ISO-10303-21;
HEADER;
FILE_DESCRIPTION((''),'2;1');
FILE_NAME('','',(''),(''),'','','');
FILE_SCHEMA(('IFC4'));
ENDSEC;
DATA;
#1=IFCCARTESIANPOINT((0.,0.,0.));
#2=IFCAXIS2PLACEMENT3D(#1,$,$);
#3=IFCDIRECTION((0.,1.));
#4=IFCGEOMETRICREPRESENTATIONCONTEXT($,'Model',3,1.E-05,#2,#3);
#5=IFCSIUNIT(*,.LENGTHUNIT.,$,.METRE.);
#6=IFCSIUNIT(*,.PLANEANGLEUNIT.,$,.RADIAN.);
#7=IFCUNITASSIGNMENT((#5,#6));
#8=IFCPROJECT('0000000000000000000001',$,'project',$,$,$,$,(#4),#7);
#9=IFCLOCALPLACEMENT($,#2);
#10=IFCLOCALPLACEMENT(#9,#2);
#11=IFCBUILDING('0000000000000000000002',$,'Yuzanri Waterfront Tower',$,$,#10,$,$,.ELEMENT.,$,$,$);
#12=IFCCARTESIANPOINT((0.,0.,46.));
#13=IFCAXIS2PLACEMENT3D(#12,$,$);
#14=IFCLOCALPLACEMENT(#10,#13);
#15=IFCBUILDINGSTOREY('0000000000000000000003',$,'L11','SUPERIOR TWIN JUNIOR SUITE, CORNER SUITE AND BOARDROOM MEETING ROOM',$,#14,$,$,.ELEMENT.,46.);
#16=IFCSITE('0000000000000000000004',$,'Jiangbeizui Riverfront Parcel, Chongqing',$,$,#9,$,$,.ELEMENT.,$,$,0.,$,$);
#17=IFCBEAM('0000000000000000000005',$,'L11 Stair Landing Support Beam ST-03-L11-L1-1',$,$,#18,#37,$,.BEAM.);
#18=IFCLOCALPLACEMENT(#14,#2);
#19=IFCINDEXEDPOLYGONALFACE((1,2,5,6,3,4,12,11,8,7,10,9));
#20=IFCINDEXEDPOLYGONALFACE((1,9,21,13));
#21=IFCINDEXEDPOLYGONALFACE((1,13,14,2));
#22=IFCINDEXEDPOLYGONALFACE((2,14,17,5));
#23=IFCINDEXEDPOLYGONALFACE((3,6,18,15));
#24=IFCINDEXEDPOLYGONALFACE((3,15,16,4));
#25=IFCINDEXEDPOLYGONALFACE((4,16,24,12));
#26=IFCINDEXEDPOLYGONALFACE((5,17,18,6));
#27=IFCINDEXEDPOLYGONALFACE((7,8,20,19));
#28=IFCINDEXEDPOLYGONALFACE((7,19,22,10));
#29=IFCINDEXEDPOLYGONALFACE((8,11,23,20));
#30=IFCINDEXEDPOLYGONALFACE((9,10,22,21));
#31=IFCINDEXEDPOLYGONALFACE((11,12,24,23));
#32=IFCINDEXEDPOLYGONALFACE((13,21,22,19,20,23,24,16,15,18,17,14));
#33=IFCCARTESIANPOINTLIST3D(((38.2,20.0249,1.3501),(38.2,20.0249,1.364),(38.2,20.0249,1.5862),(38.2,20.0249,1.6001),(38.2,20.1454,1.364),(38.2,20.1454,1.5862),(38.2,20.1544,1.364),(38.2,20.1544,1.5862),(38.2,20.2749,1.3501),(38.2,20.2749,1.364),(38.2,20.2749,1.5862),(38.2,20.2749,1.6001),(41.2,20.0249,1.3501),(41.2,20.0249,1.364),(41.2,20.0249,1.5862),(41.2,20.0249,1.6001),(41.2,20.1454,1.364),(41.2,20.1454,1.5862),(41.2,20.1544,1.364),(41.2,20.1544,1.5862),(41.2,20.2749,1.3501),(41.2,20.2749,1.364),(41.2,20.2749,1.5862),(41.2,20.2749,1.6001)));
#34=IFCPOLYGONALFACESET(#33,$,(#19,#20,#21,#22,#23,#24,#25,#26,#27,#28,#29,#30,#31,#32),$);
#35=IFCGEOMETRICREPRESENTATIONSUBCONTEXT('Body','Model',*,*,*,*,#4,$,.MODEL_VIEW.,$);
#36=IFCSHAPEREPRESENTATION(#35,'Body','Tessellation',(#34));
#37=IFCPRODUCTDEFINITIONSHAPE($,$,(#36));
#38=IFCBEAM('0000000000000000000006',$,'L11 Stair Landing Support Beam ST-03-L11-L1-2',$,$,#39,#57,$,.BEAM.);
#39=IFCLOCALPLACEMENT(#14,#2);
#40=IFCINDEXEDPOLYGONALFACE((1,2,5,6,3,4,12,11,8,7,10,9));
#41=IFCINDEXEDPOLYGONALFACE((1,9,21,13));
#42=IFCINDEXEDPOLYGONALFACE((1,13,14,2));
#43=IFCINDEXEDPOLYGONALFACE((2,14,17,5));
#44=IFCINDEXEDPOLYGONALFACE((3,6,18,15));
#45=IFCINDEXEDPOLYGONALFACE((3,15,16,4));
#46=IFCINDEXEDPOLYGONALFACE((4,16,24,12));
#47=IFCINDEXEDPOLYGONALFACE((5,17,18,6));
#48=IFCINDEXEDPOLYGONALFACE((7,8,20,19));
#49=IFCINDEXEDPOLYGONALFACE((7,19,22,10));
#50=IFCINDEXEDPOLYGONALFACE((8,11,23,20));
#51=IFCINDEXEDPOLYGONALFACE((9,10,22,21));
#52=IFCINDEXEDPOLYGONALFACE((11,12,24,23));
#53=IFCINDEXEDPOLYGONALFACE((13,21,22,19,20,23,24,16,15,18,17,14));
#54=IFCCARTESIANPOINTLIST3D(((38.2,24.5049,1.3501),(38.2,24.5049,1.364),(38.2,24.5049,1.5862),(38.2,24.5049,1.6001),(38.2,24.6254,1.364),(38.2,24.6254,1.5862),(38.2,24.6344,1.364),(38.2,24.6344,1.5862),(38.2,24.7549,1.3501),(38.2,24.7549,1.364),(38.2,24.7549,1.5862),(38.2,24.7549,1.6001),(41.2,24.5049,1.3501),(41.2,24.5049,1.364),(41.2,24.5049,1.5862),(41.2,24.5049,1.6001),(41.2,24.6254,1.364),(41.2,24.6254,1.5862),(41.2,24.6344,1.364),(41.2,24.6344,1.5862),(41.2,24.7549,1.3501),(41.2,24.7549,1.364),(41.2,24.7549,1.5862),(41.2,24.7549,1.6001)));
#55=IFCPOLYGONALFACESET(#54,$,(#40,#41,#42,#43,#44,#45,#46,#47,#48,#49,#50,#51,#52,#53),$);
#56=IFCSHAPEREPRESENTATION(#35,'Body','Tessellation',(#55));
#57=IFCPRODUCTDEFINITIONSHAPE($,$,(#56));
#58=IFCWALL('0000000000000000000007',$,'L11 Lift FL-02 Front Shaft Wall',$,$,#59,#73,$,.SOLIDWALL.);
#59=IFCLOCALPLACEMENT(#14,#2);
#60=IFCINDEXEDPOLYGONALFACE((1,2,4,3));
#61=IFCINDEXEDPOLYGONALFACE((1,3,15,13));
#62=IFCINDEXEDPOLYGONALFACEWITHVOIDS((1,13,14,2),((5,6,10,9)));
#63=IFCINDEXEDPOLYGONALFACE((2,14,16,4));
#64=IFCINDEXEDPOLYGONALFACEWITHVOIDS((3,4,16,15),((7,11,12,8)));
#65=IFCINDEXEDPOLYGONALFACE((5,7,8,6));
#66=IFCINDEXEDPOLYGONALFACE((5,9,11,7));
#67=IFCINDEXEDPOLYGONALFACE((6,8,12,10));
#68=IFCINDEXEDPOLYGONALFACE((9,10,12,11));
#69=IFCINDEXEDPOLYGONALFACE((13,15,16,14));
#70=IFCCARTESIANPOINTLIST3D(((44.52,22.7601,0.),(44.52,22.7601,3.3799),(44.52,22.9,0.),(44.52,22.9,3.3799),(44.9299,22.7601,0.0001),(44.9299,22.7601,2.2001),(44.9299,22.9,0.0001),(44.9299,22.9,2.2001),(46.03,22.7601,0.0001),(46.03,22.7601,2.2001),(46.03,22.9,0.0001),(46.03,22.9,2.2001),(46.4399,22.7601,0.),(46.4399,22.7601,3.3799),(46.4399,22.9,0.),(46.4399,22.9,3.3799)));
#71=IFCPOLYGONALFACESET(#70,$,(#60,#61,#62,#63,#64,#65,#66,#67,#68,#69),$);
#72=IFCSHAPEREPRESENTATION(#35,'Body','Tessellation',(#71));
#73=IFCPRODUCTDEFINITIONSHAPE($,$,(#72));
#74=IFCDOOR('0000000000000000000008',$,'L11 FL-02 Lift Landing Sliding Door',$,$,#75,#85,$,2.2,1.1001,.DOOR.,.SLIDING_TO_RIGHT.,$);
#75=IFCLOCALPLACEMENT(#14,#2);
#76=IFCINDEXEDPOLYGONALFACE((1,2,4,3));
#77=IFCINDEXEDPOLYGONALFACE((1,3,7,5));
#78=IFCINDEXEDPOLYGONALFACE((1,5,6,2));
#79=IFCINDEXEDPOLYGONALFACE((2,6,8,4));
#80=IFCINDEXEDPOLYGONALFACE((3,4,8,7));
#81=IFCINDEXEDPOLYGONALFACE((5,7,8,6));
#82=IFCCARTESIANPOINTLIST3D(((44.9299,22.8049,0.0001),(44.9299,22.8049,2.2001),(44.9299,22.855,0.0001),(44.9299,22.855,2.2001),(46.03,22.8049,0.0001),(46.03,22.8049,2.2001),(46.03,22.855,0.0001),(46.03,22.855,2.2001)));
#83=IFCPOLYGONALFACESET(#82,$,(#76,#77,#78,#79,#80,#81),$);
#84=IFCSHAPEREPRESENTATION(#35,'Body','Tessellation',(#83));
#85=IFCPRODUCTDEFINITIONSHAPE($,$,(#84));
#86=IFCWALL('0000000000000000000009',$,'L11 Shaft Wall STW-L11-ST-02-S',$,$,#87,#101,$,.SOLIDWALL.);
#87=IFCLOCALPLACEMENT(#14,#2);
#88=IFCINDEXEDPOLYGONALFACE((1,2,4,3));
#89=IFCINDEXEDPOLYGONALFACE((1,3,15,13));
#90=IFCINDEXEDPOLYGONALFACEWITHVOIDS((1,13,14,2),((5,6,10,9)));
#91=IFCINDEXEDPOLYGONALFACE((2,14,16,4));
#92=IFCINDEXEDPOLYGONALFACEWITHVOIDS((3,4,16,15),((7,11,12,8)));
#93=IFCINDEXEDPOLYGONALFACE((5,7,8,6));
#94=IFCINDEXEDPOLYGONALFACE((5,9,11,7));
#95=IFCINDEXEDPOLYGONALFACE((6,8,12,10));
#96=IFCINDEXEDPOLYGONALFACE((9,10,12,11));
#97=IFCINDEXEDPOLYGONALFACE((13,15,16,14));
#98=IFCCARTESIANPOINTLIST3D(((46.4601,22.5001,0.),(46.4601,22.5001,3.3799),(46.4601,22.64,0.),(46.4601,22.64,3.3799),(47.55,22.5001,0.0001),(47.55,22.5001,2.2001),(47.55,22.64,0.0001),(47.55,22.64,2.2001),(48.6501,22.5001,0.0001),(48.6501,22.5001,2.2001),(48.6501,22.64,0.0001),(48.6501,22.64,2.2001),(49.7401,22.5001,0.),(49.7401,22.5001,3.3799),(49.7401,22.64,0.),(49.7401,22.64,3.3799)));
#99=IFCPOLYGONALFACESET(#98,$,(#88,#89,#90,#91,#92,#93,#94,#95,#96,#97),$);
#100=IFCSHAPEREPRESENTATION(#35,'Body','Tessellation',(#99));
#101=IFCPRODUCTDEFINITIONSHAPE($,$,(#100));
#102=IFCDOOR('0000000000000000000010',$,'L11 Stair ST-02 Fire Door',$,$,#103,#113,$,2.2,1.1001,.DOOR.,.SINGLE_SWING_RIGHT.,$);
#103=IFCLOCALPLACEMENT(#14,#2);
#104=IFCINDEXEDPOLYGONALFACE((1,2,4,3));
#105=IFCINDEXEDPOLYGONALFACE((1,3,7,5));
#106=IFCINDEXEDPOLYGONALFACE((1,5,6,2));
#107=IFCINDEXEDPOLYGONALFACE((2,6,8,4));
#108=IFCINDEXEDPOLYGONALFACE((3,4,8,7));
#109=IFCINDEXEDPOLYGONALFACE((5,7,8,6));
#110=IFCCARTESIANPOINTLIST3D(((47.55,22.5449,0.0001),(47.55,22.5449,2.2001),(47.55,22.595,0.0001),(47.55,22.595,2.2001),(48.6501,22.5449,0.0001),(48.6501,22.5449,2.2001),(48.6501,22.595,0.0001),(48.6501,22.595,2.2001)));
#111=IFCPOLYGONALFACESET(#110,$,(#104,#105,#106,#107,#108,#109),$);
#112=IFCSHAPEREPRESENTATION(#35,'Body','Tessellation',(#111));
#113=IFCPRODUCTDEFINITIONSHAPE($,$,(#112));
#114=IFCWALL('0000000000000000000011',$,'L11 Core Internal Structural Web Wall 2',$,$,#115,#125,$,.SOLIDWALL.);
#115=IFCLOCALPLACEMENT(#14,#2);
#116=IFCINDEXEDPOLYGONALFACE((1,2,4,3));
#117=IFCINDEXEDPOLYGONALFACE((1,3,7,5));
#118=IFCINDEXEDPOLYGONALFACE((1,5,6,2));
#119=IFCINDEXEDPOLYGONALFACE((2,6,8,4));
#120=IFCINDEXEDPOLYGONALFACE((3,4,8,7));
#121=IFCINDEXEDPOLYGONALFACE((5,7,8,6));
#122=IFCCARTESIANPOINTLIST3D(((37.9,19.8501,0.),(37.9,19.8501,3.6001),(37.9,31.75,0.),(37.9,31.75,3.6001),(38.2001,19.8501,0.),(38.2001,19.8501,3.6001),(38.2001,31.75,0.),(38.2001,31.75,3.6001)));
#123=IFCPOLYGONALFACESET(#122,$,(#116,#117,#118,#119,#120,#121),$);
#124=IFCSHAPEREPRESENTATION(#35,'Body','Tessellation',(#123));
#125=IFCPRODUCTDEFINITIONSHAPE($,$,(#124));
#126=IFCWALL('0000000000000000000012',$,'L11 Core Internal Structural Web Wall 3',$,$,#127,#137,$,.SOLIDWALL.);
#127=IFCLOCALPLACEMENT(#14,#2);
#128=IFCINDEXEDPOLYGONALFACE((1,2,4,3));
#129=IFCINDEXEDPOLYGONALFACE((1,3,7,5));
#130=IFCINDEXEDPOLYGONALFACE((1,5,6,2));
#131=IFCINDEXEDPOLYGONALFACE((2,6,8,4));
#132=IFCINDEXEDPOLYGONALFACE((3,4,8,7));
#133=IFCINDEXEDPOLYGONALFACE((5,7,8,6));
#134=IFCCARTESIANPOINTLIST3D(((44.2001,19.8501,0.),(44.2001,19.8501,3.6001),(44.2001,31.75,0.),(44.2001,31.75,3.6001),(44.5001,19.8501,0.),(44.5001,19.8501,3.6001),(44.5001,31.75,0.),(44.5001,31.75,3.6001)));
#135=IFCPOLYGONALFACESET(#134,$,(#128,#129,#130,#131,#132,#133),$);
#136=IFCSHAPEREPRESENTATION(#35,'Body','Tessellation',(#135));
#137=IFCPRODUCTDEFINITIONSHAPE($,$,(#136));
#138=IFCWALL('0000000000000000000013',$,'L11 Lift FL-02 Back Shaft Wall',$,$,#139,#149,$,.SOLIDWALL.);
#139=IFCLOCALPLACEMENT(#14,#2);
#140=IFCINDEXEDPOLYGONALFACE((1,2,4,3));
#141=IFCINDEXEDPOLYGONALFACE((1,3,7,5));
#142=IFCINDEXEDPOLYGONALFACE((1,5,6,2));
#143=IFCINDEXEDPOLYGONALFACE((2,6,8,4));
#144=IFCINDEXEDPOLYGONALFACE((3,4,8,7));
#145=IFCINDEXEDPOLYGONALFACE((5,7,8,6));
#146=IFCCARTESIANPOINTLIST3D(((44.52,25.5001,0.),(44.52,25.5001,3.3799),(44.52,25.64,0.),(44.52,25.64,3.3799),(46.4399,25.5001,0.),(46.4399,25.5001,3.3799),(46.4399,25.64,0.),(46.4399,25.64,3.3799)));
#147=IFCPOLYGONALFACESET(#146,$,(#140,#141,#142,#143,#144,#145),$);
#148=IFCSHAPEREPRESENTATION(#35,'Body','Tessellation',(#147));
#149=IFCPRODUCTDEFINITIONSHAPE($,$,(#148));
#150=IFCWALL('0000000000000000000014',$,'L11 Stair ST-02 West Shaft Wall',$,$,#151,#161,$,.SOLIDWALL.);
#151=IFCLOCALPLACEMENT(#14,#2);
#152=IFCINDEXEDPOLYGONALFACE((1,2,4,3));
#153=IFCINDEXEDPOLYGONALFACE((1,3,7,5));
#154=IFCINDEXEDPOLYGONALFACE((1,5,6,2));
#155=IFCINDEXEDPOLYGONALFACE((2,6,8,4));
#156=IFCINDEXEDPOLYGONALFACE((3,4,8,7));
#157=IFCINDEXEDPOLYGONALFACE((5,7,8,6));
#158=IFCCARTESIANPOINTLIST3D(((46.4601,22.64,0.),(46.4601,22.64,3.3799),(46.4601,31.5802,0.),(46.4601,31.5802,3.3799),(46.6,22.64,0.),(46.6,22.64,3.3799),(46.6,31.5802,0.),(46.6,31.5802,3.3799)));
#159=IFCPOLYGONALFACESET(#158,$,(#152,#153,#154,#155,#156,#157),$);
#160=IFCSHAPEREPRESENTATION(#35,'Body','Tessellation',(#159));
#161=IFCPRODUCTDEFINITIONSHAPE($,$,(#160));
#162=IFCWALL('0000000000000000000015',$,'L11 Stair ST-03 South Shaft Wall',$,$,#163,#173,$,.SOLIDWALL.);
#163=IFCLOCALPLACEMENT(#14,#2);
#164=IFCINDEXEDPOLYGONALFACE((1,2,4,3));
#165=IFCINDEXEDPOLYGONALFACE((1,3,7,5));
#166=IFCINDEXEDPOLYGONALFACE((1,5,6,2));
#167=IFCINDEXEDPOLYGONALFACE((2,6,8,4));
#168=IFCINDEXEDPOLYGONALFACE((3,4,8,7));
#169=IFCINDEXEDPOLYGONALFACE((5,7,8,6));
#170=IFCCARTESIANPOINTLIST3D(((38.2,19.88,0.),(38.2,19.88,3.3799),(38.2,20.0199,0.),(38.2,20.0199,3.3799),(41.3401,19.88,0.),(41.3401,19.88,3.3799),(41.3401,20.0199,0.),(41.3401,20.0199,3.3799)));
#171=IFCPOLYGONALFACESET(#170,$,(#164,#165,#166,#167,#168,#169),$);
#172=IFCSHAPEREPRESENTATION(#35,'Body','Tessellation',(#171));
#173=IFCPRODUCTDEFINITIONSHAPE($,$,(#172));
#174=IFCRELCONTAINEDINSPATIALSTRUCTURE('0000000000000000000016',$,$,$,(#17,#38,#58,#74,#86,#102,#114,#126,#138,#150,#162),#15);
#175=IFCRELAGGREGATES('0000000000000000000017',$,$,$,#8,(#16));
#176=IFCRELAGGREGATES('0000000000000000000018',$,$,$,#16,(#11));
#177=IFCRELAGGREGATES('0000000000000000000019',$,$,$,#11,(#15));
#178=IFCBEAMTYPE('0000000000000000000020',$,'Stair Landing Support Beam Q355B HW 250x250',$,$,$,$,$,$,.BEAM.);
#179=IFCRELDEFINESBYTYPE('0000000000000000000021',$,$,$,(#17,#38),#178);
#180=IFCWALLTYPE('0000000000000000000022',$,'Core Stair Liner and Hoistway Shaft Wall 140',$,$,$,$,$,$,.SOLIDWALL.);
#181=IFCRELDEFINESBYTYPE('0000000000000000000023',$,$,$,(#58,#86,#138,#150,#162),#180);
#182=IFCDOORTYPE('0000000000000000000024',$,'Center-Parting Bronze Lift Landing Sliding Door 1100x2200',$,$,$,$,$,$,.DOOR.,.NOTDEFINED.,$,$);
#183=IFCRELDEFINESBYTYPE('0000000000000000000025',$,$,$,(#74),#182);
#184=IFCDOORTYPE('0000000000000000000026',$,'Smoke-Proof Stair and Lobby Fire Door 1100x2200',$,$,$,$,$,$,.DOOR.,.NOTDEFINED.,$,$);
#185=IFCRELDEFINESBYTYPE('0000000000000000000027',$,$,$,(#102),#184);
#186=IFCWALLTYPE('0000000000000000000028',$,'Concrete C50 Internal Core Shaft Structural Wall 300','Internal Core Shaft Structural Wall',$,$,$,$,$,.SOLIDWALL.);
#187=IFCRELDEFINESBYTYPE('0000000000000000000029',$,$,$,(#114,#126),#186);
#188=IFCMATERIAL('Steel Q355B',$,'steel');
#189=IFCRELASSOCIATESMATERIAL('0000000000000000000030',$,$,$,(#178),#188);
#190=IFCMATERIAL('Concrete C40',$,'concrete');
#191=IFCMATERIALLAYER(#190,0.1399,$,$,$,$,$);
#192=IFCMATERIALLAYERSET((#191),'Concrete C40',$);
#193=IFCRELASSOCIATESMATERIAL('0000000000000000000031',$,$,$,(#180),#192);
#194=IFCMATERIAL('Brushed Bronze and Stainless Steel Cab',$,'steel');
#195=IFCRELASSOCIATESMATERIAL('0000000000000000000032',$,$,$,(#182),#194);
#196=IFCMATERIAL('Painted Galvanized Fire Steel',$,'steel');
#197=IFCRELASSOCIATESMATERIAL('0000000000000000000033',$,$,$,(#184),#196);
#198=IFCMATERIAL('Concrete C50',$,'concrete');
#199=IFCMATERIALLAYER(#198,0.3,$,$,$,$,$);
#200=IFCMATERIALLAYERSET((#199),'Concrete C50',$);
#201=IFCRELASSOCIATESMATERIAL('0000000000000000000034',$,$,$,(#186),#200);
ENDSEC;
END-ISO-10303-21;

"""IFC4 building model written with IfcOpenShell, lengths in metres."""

from ifc_helpers import new_model, si_unit, direction, frame, frame_2d, origin, origin_2d, place, context, subcontext, project, spatial, rectangle, i_section, extrude, source, transform, mapped, material, layer, layer_set, material_profile, profile_set, type_object, element, fill, save


model = new_model("IFC4")

# Units and contexts
model_context = context("Model", 3, precision=1e-05, world=origin(), true_north=direction((0.0, 1.0)))
body_context = subcontext(model_context, "Body", "Model", "MODEL_VIEW")
ifc_project = project(units=[si_unit("LENGTHUNIT", "METRE"), si_unit("PLANEANGLEUNIT", "RADIAN")], contexts=[model_context])

# Site, building, storey
site_placement = place(None, origin())
site = spatial("IfcSite", under=ifc_project, at=site_placement, Name="Jiangbeizui Riverfront Parcel, Chongqing", CompositionType="ELEMENT", RefElevation=0.0)
building_placement = place(site_placement, origin())
building = spatial("IfcBuilding", under=site, at=building_placement, Name="Yuzanri Waterfront Tower", CompositionType="ELEMENT")
storey_placement = place(building_placement, frame((0.0, 0.0, 46.0)))
storey = spatial("IfcBuildingStorey", under=building, at=storey_placement, Name="L11", Description="SUPERIOR TWIN JUNIOR SUITE, CORNER SUITE AND BOARDROOM MEETING ROOM", CompositionType="ELEMENT", Elevation=46.0)

# Beams
ifc_material_1 = material(Name="Steel Q355B", Category="steel")
ifc_material_profile = material_profile(ifc_material_1, i_section(OverallWidth=0.25, OverallDepth=0.25, WebThickness=0.009, FlangeThickness=0.0139, at=origin_2d()), Name="HW 250x250x9x14")
ifc_profile_set = profile_set([ifc_material_profile], Name="Steel Q355B")
beam_type = type_object("IfcBeamType", Name="Stair Landing Support Beam Q355B HW 250x250", PredefinedType="BEAM", material=ifc_profile_set)
shared_shape_1 = source(origin(), body_context, "Body", "SweptSolid", [
    extrude(i_section(OverallWidth=0.25, OverallDepth=0.25, WebThickness=0.009, FlangeThickness=0.0139, at=origin_2d()), origin(), (0.0, 0.0, 1.0), 3.0),
])
for number, where, z_axis, x_axis, name in (
    (1, (38.2, 20.1499, 1.4751), (1.0, 0.0, 0.0), (0.0, 1.0, 0.0), "L11 Stair Landing Support Beam ST-03-L11-L1-1"),
    (2, (38.2, 24.6299, 1.4751), (1.0, 0.0, 0.0), (0.0, 1.0, 0.0), "L11 Stair Landing Support Beam ST-03-L11-L1-2"),
):
    element("IfcBeam", number, at=place(storey_placement, frame(where, z_axis=z_axis, x_axis=x_axis)), inside=storey, type_object=beam_type, Name=name, PredefinedType="BEAM", context=body_context, shape_type="MappedRepresentation", body=[
        mapped(shared_shape_1, transform((0.0, 0.0, 0.0), scale=1.0)),
    ])

# Walls, openings, doors
ifc_material_2 = material(Name="Concrete C40", Category="concrete")
ifc_layer_1 = layer(ifc_material_2, 0.1399)
ifc_layer_set_1 = layer_set([ifc_layer_1], Name="Concrete C40")
wall_type_1 = type_object("IfcWallType", Name="Core Stair Liner and Hoistway Shaft Wall 140", PredefinedType="SOLIDWALL", material=ifc_layer_set_1)
wall_1_placement = place(storey_placement, frame((44.52, 22.8301, 0.0), z_axis=(0.0, 0.0, 1.0), x_axis=(1.0, 0.0, 0.0)))
wall_1 = element("IfcWall", 3, at=wall_1_placement, inside=storey, type_object=wall_type_1, Name="L11 Lift FL-02 Front Shaft Wall", PredefinedType="SOLIDWALL", context=body_context, shape_type="SweptSolid", body=[
    extrude(rectangle(XDim=1.9199, YDim=0.1399, at=frame_2d((0.96, 0.0))), origin(), (0.0, 0.0, 1.0), 3.3799),
])
opening_1_placement = place(wall_1_placement, frame((0.4099, 0.0, 0.0)))
opening_1 = element("IfcOpeningElement", 4, at=opening_1_placement, cuts=wall_1, PredefinedType="OPENING", context=body_context, shape_type="SweptSolid", body=[
    extrude(rectangle(XDim=1.1001, YDim=2.2, at=frame_2d((0.55, 1.1001))), frame((0.0, 0.085, 0.0), z_axis=(0.0, -1.0, 0.0), x_axis=(1.0, 0.0, 0.0)), (0.0, 0.0, 1.0), 0.1697),
])
ifc_material_3 = material(Name="Brushed Bronze and Stainless Steel Cab", Category="steel")
door_type_1 = type_object("IfcDoorType", Name="Center-Parting Bronze Lift Landing Sliding Door 1100x2200", OperationType="NOTDEFINED", PredefinedType="DOOR", material=ifc_material_3)
shared_shape_2 = source(origin(), body_context, "Body", "SweptSolid", [
    extrude(rectangle(XDim=1.1001, YDim=2.2, at=frame_2d((0.55, 1.1001))), frame((0.0, 0.0249, 0.0), z_axis=(0.0, -1.0, 0.0), x_axis=(1.0, 0.0, 0.0)), (0.0, 0.0, 1.0), 0.05),
])
door_1_placement = place(opening_1_placement, origin())
door_1 = element("IfcDoor", 5, at=door_1_placement, inside=storey, type_object=door_type_1, Name="L11 FL-02 Lift Landing Sliding Door", OperationType="SLIDING_TO_RIGHT", OverallHeight=2.2, OverallWidth=1.1001, PredefinedType="DOOR", context=body_context, shape_type="MappedRepresentation", body=[
    mapped(shared_shape_2, transform((0.0, 0.0, 0.0), scale=1.0)),
])
fill(opening_1, door_1)
wall_2_placement = place(storey_placement, frame((46.46, 22.5701, 0.0), z_axis=(0.0, 0.0, 1.0), x_axis=(1.0, 0.0, 0.0)))
wall_2 = element("IfcWall", 6, at=wall_2_placement, inside=storey, type_object=wall_type_1, Name="L11 Shaft Wall STW-L11-ST-02-S", PredefinedType="SOLIDWALL", context=body_context, shape_type="SweptSolid", body=[
    extrude(rectangle(XDim=3.28, YDim=0.1399, at=frame_2d((1.6401, 0.0))), origin(), (0.0, 0.0, 1.0), 3.3799),
])
opening_2_placement = place(wall_2_placement, frame((1.0901, 0.0, 0.0)))
opening_2 = element("IfcOpeningElement", 7, at=opening_2_placement, cuts=wall_2, PredefinedType="OPENING", context=body_context, shape_type="SweptSolid", body=[
    extrude(rectangle(XDim=1.1001, YDim=2.2, at=frame_2d((0.55, 1.1001))), frame((0.0, 0.085, 0.0), z_axis=(0.0, -1.0, 0.0), x_axis=(1.0, 0.0, 0.0)), (0.0, 0.0, 1.0), 0.1697),
])
ifc_material_4 = material(Name="Painted Galvanized Fire Steel", Category="steel")
door_type_2 = type_object("IfcDoorType", Name="Smoke-Proof Stair and Lobby Fire Door 1100x2200", OperationType="NOTDEFINED", PredefinedType="DOOR", material=ifc_material_4)
shared_shape_3 = source(origin(), body_context, "Body", "SweptSolid", [
    extrude(rectangle(XDim=1.1001, YDim=2.2, at=frame_2d((0.55, 1.1001))), frame((0.0, 0.0249, 0.0), z_axis=(0.0, -1.0, 0.0), x_axis=(1.0, 0.0, 0.0)), (0.0, 0.0, 1.0), 0.05),
])
door_2_placement = place(opening_2_placement, origin())
door_2 = element("IfcDoor", 8, at=door_2_placement, inside=storey, type_object=door_type_2, Name="L11 Stair ST-02 Fire Door", OperationType="SINGLE_SWING_RIGHT", OverallHeight=2.2, OverallWidth=1.1001, PredefinedType="DOOR", context=body_context, shape_type="MappedRepresentation", body=[
    mapped(shared_shape_3, transform((0.0, 0.0, 0.0), scale=1.0)),
])
fill(opening_2, door_2)

# Walls
ifc_material_5 = material(Name="Concrete C50", Category="concrete")
ifc_layer_2 = layer(ifc_material_5, 0.3)
ifc_layer_set_2 = layer_set([ifc_layer_2], Name="Concrete C50")
wall_type_2 = type_object("IfcWallType", Name="Concrete C50 Internal Core Shaft Structural Wall 300", Description="Internal Core Shaft Structural Wall", PredefinedType="SOLIDWALL", material=ifc_layer_set_2)
shared_shape_4 = source(origin(), body_context, "Body", "SweptSolid", [
    extrude(rectangle(XDim=11.8999, YDim=0.3, at=frame_2d((5.95, 0.0))), origin(), (0.0, 0.0, 1.0), 3.6001),
])
for number, where, z_axis, x_axis, name in (
    (9, (38.05, 19.8501, 0.0), (0.0, 0.0, 1.0), (0.0, 1.0, 0.0), "L11 Core Internal Structural Web Wall 2"),
    (10, (44.3501, 19.8501, 0.0), (0.0, 0.0, 1.0), (0.0, 1.0, 0.0), "L11 Core Internal Structural Web Wall 3"),
):
    element("IfcWall", number, at=place(storey_placement, frame(where, z_axis=z_axis, x_axis=x_axis)), inside=storey, type_object=wall_type_2, Name=name, PredefinedType="SOLIDWALL", context=body_context, shape_type="MappedRepresentation", body=[
        mapped(shared_shape_4, transform((0.0, 0.0, 0.0), scale=1.0)),
    ])
shared_shape_5 = source(origin(), body_context, "Body", "SweptSolid", [
    extrude(rectangle(XDim=1.9199, YDim=0.1399, at=frame_2d((0.96, 0.0))), origin(), (0.0, 0.0, 1.0), 3.3799),
])
wall_3_placement = place(storey_placement, frame((44.52, 25.5701, 0.0), z_axis=(0.0, 0.0, 1.0), x_axis=(1.0, 0.0, 0.0)))
element("IfcWall", 11, at=wall_3_placement, inside=storey, type_object=wall_type_1, Name="L11 Lift FL-02 Back Shaft Wall", PredefinedType="SOLIDWALL", context=body_context, shape_type="MappedRepresentation", body=[
    mapped(shared_shape_5, transform((0.0, 0.0, 0.0), scale=1.0)),
])
shared_shape_6 = source(origin(), body_context, "Body", "SweptSolid", [
    extrude(rectangle(XDim=8.9402, YDim=0.1399, at=frame_2d((4.4702, 0.0))), origin(), (0.0, 0.0, 1.0), 3.3799),
])
wall_4_placement = place(storey_placement, frame((46.53, 22.6399, 0.0), z_axis=(0.0, 0.0, 1.0), x_axis=(0.0, 1.0, 0.0)))
element("IfcWall", 12, at=wall_4_placement, inside=storey, type_object=wall_type_1, Name="L11 Stair ST-02 West Shaft Wall", PredefinedType="SOLIDWALL", context=body_context, shape_type="MappedRepresentation", body=[
    mapped(shared_shape_6, transform((0.0, 0.0, 0.0), scale=1.0)),
])
shared_shape_7 = source(origin(), body_context, "Body", "SweptSolid", [
    extrude(rectangle(XDim=3.1401, YDim=0.1399, at=frame_2d((1.5701, 0.0))), origin(), (0.0, 0.0, 1.0), 3.3799),
])
wall_5_placement = place(storey_placement, frame((38.2, 19.95, 0.0), z_axis=(0.0, 0.0, 1.0), x_axis=(1.0, 0.0, 0.0)))
element("IfcWall", 13, at=wall_5_placement, inside=storey, type_object=wall_type_1, Name="L11 Stair ST-03 South Shaft Wall", PredefinedType="SOLIDWALL", context=body_context, shape_type="MappedRepresentation", body=[
    mapped(shared_shape_7, transform((0.0, 0.0, 0.0), scale=1.0)),
])

save(model, "model.ifc")
